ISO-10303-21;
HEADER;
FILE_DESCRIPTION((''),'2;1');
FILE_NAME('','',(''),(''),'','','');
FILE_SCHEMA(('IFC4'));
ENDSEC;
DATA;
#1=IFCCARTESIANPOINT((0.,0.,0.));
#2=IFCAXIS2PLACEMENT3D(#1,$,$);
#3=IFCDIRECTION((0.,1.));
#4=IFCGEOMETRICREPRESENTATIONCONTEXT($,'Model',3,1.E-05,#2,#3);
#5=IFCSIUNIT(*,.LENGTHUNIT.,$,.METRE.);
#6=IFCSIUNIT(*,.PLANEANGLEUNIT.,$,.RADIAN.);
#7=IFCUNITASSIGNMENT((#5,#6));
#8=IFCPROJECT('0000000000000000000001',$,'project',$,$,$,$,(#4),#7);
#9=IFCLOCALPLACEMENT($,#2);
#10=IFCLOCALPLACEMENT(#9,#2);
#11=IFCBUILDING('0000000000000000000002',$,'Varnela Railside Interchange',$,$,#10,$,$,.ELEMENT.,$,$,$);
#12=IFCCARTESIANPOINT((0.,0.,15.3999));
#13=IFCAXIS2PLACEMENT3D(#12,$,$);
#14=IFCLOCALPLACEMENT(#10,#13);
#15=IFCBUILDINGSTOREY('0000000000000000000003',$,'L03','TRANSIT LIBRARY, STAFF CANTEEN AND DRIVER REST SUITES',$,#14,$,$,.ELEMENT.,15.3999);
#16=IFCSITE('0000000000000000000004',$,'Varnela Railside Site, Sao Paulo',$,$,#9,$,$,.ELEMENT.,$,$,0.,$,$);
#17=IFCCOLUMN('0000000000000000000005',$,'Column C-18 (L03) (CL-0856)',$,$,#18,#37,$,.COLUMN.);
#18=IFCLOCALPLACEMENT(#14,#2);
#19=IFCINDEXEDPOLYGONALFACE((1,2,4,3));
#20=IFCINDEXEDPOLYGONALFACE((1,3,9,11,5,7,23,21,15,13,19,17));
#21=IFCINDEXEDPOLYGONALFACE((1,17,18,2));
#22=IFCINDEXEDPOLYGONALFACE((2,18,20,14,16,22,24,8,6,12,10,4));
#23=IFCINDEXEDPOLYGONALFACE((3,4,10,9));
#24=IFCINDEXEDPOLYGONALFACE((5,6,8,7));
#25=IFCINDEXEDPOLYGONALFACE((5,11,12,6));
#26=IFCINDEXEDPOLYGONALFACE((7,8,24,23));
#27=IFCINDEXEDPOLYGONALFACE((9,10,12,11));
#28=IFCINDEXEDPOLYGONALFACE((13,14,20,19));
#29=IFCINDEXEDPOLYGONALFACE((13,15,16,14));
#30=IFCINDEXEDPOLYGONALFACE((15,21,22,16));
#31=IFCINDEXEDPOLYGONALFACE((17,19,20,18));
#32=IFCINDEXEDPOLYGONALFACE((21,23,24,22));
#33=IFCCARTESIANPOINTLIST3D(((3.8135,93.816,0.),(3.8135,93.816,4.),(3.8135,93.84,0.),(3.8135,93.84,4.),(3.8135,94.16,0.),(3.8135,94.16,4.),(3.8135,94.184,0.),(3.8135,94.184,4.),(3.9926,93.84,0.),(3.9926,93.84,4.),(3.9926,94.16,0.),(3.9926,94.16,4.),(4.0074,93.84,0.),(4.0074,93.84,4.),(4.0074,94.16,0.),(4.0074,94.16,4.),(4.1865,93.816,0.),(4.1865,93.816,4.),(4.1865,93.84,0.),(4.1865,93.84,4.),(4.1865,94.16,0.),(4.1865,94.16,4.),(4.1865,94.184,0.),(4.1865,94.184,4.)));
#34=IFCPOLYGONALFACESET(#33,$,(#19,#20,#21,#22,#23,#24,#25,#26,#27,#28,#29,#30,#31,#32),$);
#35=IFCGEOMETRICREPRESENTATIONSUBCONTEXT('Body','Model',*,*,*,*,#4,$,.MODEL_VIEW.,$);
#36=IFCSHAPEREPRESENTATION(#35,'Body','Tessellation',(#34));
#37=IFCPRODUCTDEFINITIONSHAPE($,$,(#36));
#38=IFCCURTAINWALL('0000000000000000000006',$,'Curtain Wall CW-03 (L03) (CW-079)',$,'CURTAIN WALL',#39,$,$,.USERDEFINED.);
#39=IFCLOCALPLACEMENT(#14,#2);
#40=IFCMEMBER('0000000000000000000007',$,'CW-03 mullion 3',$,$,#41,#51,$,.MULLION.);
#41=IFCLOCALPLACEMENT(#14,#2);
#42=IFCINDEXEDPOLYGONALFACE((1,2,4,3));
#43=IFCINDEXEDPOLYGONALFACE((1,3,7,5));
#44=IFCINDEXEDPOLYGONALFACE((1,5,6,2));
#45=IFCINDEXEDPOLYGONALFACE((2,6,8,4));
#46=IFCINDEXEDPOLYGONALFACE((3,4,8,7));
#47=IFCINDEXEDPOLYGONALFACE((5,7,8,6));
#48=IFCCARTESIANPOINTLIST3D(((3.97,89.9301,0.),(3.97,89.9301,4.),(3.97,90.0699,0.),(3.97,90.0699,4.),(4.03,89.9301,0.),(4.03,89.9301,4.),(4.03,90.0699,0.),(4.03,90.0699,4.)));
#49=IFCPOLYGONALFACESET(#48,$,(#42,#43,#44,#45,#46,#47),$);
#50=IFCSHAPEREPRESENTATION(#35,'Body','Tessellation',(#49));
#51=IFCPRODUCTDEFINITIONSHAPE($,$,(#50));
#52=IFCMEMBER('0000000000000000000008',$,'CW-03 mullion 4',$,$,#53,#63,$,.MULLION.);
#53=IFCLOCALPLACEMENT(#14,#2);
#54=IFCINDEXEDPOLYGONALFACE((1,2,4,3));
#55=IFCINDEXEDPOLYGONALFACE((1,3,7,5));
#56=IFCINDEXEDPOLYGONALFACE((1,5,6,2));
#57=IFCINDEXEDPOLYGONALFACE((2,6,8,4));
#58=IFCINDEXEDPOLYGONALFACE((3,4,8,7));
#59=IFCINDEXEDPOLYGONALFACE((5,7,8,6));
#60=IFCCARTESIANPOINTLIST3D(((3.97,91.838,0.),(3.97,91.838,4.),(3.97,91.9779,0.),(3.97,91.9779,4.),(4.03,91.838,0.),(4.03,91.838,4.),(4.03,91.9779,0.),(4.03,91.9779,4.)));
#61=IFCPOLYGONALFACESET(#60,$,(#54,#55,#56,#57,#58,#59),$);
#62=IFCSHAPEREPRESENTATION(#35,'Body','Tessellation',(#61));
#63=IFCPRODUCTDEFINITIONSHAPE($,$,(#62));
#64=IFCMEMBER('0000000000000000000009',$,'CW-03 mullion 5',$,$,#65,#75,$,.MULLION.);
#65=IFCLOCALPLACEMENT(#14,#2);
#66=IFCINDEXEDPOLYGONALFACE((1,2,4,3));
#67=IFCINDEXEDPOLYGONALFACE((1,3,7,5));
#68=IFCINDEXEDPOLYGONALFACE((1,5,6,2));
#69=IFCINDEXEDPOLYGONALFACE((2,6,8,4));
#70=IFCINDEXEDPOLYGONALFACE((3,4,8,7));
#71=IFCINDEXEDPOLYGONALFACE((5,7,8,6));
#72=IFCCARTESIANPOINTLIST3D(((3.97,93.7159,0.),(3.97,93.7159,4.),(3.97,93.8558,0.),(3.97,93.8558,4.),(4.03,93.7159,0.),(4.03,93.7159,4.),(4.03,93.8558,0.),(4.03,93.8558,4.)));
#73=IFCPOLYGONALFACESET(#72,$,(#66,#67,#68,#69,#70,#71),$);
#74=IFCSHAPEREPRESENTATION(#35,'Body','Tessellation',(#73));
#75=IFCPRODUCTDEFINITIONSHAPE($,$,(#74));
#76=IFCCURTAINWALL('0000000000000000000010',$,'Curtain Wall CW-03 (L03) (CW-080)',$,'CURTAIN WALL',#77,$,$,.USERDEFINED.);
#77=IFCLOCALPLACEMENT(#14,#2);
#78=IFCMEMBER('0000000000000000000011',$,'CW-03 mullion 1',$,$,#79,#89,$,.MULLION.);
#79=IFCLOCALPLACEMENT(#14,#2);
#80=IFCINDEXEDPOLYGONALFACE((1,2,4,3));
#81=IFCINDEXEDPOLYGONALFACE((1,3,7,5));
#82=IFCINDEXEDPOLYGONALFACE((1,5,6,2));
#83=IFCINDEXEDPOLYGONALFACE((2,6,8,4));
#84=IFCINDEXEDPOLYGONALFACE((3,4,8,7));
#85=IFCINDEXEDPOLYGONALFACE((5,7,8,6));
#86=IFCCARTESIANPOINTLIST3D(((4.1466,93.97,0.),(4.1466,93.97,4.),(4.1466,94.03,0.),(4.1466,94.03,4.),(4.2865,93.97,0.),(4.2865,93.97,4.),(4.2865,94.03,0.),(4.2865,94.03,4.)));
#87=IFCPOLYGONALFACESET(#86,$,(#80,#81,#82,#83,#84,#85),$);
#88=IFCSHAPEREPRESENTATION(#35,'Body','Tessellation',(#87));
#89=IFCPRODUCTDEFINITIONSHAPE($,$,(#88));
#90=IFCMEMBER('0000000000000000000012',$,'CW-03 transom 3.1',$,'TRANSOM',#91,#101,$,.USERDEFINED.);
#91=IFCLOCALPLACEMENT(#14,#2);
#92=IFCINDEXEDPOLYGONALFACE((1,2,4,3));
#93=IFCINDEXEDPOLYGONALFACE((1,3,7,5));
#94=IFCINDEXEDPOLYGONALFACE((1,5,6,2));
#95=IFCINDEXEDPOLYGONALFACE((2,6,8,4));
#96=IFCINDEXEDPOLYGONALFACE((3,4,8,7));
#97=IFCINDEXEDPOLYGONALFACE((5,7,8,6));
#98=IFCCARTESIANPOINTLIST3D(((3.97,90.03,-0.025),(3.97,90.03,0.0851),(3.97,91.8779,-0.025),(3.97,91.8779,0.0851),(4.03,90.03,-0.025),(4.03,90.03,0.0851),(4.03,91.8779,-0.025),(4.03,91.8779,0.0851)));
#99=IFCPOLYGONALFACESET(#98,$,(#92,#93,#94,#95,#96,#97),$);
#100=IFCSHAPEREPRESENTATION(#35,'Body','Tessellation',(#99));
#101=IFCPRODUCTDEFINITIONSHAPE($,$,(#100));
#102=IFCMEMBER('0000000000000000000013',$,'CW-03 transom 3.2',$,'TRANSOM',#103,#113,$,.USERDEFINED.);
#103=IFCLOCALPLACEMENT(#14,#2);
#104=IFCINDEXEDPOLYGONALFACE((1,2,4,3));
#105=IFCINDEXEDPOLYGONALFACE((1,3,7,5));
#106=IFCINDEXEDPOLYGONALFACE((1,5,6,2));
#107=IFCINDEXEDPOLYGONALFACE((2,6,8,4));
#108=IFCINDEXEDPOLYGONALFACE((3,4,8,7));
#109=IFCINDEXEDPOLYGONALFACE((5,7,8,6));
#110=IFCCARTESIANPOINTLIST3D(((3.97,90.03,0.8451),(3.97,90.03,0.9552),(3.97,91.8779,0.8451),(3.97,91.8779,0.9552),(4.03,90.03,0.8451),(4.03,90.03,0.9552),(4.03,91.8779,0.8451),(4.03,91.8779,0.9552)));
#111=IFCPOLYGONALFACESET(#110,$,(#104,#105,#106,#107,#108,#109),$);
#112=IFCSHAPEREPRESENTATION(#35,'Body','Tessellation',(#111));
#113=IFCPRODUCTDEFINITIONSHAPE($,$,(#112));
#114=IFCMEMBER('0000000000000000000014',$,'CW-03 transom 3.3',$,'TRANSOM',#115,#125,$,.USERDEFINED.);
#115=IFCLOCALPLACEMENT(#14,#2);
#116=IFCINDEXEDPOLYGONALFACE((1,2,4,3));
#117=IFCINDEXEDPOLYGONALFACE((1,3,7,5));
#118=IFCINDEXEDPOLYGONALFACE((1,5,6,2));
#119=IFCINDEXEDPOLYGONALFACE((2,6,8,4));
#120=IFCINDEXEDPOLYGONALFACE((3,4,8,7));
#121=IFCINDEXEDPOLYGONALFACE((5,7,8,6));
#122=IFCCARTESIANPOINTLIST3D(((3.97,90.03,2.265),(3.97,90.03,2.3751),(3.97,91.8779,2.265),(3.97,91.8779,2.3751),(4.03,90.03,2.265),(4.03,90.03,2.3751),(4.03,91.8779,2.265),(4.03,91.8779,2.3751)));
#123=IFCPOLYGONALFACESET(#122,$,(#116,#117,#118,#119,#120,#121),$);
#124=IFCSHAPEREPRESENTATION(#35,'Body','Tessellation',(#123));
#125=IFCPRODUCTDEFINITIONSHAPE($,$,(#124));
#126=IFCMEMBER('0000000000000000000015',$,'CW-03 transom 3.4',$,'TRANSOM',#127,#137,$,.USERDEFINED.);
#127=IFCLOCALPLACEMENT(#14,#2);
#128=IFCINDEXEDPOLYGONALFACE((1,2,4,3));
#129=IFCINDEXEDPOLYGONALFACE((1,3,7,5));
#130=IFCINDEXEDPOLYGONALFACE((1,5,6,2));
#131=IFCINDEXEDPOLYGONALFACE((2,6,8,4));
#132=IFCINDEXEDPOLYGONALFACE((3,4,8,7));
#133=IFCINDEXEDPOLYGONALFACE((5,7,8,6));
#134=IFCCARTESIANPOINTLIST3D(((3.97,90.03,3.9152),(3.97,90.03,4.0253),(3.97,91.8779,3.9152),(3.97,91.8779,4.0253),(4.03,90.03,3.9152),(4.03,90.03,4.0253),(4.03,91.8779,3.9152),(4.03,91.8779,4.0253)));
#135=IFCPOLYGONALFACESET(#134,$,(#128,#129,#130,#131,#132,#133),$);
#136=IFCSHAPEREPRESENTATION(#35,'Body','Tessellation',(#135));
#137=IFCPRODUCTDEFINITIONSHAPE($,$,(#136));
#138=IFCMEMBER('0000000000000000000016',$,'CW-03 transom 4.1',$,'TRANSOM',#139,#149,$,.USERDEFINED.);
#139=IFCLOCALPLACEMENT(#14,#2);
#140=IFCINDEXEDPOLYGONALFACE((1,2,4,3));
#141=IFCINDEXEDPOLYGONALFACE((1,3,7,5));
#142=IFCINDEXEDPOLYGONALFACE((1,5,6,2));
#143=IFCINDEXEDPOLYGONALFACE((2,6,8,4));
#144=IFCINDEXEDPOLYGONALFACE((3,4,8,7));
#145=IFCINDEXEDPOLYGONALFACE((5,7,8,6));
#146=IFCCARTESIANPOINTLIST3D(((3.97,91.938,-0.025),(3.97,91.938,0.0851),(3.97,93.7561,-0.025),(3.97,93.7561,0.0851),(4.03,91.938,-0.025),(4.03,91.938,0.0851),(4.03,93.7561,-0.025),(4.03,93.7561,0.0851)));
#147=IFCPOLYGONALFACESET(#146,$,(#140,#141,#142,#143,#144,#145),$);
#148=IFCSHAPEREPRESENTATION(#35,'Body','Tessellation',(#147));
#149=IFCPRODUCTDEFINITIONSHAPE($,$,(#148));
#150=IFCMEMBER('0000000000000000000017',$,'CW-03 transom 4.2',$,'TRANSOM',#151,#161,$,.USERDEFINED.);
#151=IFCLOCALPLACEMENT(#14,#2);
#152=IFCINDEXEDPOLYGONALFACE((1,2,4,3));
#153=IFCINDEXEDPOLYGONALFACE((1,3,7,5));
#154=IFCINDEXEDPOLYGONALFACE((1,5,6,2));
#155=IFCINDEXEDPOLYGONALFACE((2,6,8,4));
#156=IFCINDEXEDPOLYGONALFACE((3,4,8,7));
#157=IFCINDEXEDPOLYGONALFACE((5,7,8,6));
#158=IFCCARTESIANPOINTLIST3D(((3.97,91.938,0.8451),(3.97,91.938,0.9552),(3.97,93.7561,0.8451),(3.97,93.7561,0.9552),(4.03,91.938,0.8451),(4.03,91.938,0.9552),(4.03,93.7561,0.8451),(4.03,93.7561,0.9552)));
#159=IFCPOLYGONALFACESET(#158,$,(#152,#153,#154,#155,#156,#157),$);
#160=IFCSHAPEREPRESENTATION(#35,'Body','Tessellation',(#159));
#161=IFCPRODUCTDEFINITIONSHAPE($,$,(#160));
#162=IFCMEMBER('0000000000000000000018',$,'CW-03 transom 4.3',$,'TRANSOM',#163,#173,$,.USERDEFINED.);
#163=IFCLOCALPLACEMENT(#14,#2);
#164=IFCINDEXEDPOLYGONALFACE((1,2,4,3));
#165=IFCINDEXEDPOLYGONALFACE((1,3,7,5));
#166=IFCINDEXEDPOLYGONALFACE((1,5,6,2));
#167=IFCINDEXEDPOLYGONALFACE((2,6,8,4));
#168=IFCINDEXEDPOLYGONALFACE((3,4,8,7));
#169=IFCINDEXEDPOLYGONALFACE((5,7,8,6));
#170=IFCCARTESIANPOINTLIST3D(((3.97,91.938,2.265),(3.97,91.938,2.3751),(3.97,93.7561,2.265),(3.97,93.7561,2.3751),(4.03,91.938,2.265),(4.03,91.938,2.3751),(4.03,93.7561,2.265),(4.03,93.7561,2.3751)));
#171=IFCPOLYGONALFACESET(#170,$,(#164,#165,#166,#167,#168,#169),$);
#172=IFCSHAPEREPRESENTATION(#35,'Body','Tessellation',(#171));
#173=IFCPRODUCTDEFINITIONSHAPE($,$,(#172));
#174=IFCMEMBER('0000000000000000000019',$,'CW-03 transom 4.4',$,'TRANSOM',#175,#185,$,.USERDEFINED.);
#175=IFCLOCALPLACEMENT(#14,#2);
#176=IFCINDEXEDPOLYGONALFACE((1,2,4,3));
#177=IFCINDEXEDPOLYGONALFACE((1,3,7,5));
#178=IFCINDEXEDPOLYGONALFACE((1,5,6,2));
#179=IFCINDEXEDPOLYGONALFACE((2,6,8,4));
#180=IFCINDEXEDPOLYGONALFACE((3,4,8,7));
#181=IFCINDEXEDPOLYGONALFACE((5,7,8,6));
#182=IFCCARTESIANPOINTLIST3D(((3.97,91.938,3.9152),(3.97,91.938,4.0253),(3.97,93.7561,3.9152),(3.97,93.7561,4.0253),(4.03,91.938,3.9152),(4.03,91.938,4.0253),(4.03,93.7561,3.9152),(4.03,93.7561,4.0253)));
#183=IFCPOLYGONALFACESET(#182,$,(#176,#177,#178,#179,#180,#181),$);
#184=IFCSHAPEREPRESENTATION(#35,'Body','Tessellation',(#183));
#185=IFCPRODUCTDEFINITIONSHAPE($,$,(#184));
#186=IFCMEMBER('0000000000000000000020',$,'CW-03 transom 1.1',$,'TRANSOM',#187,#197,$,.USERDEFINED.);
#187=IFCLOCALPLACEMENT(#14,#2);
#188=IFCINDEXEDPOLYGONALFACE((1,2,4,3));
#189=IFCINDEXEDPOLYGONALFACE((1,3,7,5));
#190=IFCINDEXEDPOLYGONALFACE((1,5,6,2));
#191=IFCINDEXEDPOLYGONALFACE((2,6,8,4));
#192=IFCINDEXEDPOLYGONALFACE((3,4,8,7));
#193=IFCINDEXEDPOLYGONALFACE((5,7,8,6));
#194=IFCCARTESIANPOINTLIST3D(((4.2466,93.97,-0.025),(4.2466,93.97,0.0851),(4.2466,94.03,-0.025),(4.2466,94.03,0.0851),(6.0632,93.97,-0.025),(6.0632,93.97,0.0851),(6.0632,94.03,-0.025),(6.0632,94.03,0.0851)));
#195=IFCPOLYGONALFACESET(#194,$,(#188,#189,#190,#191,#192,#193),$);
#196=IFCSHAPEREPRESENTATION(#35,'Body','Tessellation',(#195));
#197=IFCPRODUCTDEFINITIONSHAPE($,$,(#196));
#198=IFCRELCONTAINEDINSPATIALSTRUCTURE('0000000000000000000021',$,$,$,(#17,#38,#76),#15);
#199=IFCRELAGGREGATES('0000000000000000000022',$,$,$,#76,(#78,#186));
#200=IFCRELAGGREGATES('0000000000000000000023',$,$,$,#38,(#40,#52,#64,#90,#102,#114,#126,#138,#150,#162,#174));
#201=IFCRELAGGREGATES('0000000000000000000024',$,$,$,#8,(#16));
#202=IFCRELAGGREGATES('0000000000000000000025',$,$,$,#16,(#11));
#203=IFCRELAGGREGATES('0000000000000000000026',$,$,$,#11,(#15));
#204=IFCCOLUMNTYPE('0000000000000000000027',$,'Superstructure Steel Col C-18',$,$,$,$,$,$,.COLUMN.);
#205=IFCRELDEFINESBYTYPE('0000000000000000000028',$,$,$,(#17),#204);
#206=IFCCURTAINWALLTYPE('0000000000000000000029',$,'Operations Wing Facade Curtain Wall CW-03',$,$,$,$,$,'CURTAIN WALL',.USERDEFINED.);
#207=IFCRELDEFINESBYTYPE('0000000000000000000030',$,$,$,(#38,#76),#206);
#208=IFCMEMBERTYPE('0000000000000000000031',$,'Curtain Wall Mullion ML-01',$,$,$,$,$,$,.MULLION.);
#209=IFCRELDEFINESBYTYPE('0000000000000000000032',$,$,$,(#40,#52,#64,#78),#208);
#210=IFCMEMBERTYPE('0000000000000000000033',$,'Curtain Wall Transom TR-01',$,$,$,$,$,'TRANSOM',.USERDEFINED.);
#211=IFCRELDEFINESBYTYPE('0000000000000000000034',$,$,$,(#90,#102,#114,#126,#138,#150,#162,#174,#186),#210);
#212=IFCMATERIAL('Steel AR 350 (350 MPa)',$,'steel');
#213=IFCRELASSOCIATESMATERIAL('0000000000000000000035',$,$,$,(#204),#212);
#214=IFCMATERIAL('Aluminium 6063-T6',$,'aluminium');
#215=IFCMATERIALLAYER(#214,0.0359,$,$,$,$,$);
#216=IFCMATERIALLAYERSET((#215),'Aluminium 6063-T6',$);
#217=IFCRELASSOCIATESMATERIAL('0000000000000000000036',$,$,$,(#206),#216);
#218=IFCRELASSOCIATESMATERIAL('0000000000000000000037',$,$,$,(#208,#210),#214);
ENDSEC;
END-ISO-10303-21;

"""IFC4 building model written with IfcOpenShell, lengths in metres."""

from ifc_helpers import new_model, si_unit, direction, frame, origin, origin_2d, place, context, subcontext, project, spatial, rectangle, i_section, extrude, material, layer, layer_set, material_profile, profile_set, type_object, element, aggregate, save


model = new_model("IFC4")

# Units and contexts
model_context = context("Model", 3, precision=1e-05, world=origin(), true_north=direction((0.0, 1.0)))
body_context = subcontext(model_context, "Body", "Model", "MODEL_VIEW")
ifc_project = project(units=[si_unit("LENGTHUNIT", "METRE"), si_unit("PLANEANGLEUNIT", "RADIAN")], contexts=[model_context])

# Site, building, storey
site_placement = place(None, origin())
site = spatial("IfcSite", under=ifc_project, at=site_placement, Name="Varnela Railside Site, Sao Paulo", CompositionType="ELEMENT", RefElevation=0.0)
building_placement = place(site_placement, origin())
building = spatial("IfcBuilding", under=site, at=building_placement, Name="Varnela Railside Interchange", CompositionType="ELEMENT")
storey_placement = place(building_placement, frame((0.0, 0.0, 15.3999)))
storey = spatial("IfcBuildingStorey", under=building, at=storey_placement, Name="L03", Description="TRANSIT LIBRARY, STAFF CANTEEN AND DRIVER REST SUITES", CompositionType="ELEMENT", Elevation=15.3999)

# Column
ifc_material_1 = material(Name="Steel AR 350 (350 MPa)", Category="steel")
ifc_material_profile_1 = material_profile(ifc_material_1, i_section(OverallWidth=0.373, OverallDepth=0.3679, WebThickness=0.0149, FlangeThickness=0.0239, at=origin_2d()), Name="W360x179")
ifc_profile_set_1 = profile_set([ifc_material_profile_1], Name="Steel AR 350 (350 MPa)")
column_type = type_object("IfcColumnType", Name="Superstructure Steel Col C-18", PredefinedType="COLUMN", material=ifc_profile_set_1)
column_placement = place(storey_placement, frame((4.0, 94.0, 0.0), z_axis=(0.0, 0.0, 1.0), x_axis=(1.0, 0.0, 0.0)))
element("IfcColumn", 1, at=column_placement, inside=storey, type_object=column_type, Name="Column C-18 (L03) (CL-0856)", PredefinedType="COLUMN", context=body_context, shape_type="SweptSolid", body=[
    extrude(i_section(OverallWidth=0.373, OverallDepth=0.3679, WebThickness=0.0149, FlangeThickness=0.0239, at=origin_2d()), origin(), (0.0, 0.0, 1.0), 4.0),
])

# Curtain wall, members
ifc_material_2 = material(Name="Aluminium 6063-T6", Category="aluminium")
ifc_layer_1 = layer(ifc_material_2, 0.0359)
ifc_layer_set_1 = layer_set([ifc_layer_1], Name="Aluminium 6063-T6")
curtain_wall_type = type_object("IfcCurtainWallType", Name="Operations Wing Facade Curtain Wall CW-03", ElementType="CURTAIN WALL", PredefinedType="USERDEFINED", material=ifc_layer_set_1)
curtain_wall_1_placement = place(storey_placement, origin())
curtain_wall_1 = element("IfcCurtainWall", 2, at=curtain_wall_1_placement, inside=storey, type_object=curtain_wall_type, Name="Curtain Wall CW-03 (L03) (CW-079)", ObjectType="CURTAIN WALL", PredefinedType="USERDEFINED")
ifc_material_profile_2 = material_profile(ifc_material_2, rectangle(XDim=0.0601, YDim=0.1399, at=origin_2d()), Name="ALU 60x140")
ifc_profile_set_2 = profile_set([ifc_material_profile_2], Name="Aluminium 6063-T6")
member_type_1 = type_object("IfcMemberType", Name="Curtain Wall Mullion ML-01", PredefinedType="MULLION", material=ifc_profile_set_2)
member_1_placement = place(storey_placement, frame((4.0, 90.0, 0.0), z_axis=(0.0, 0.0, 1.0), x_axis=(-1.0, 0.0, 0.0)))
member_1 = element("IfcMember", 3, at=member_1_placement, type_object=member_type_1, Name="CW-03 mullion 3", PredefinedType="MULLION", context=body_context, shape_type="SweptSolid", body=[
    extrude(rectangle(XDim=0.0601, YDim=0.1399, at=origin_2d()), origin(), (0.0, 0.0, 1.0), 4.0),
])
member_2_placement = place(storey_placement, frame((4.0, 91.908, 0.0), z_axis=(0.0, 0.0, 1.0), x_axis=(-1.0, 0.0, 0.0)))
member_2 = element("IfcMember", 4, at=member_2_placement, type_object=member_type_1, Name="CW-03 mullion 4", PredefinedType="MULLION", context=body_context, shape_type="SweptSolid", body=[
    extrude(rectangle(XDim=0.0601, YDim=0.1399, at=origin_2d()), origin(), (0.0, 0.0, 1.0), 4.0),
])
member_3_placement = place(storey_placement, frame((4.0, 93.7859, 0.0), z_axis=(0.0, 0.0, 1.0), x_axis=(-1.0, 0.0, 0.0)))
member_3 = element("IfcMember", 5, at=member_3_placement, type_object=member_type_1, Name="CW-03 mullion 5", PredefinedType="MULLION", context=body_context, shape_type="SweptSolid", body=[
    extrude(rectangle(XDim=0.0601, YDim=0.1399, at=origin_2d()), origin(), (0.0, 0.0, 1.0), 4.0),
])

# Curtain wall, member
curtain_wall_2_placement = place(storey_placement, origin())
curtain_wall_2 = element("IfcCurtainWall", 6, at=curtain_wall_2_placement, inside=storey, type_object=curtain_wall_type, Name="Curtain Wall CW-03 (L03) (CW-080)", ObjectType="CURTAIN WALL", PredefinedType="USERDEFINED")
member_4_placement = place(storey_placement, frame((4.2166, 94.0, 0.0), z_axis=(0.0, 0.0, 1.0), x_axis=(0.0, 1.0, 0.0)))
member_4 = element("IfcMember", 7, at=member_4_placement, type_object=member_type_1, Name="CW-03 mullion 1", PredefinedType="MULLION", context=body_context, shape_type="SweptSolid", body=[
    extrude(rectangle(XDim=0.0601, YDim=0.1399, at=origin_2d()), origin(), (0.0, 0.0, 1.0), 4.0),
])

# Members
ifc_material_profile_3 = material_profile(ifc_material_2, rectangle(XDim=0.0601, YDim=0.1101, at=origin_2d()), Name="ALU 60x110")
ifc_profile_set_3 = profile_set([ifc_material_profile_3], Name="Aluminium 6063-T6")
member_type_2 = type_object("IfcMemberType", Name="Curtain Wall Transom TR-01", ElementType="TRANSOM", PredefinedType="USERDEFINED", material=ifc_profile_set_3)
member_5_placement = place(storey_placement, frame((4.0, 90.03, 0.03), z_axis=(0.0, 1.0, 0.0), x_axis=(-1.0, 0.0, 0.0)))
member_5 = element("IfcMember", 8, at=member_5_placement, type_object=member_type_2, Name="CW-03 transom 3.1", ObjectType="TRANSOM", PredefinedType="USERDEFINED", context=body_context, shape_type="SweptSolid", body=[
    extrude(rectangle(XDim=0.0601, YDim=0.1101, at=origin_2d()), origin(), (0.0, 0.0, 1.0), 1.8479),
])
member_6_placement = place(storey_placement, frame((4.0, 90.03, 0.9001), z_axis=(0.0, 1.0, 0.0), x_axis=(-1.0, 0.0, 0.0)))
member_6 = element("IfcMember", 9, at=member_6_placement, type_object=member_type_2, Name="CW-03 transom 3.2", ObjectType="TRANSOM", PredefinedType="USERDEFINED", context=body_context, shape_type="SweptSolid", body=[
    extrude(rectangle(XDim=0.0601, YDim=0.1101, at=origin_2d()), origin(), (0.0, 0.0, 1.0), 1.8479),
])
member_7_placement = place(storey_placement, frame((4.0, 90.03, 2.3201), z_axis=(0.0, 1.0, 0.0), x_axis=(-1.0, 0.0, 0.0)))
member_7 = element("IfcMember", 10, at=member_7_placement, type_object=member_type_2, Name="CW-03 transom 3.3", ObjectType="TRANSOM", PredefinedType="USERDEFINED", context=body_context, shape_type="SweptSolid", body=[
    extrude(rectangle(XDim=0.0601, YDim=0.1101, at=origin_2d()), origin(), (0.0, 0.0, 1.0), 1.8479),
])
member_8_placement = place(storey_placement, frame((4.0, 90.03, 3.9702), z_axis=(0.0, 1.0, 0.0), x_axis=(-1.0, 0.0, 0.0)))
member_8 = element("IfcMember", 11, at=member_8_placement, type_object=member_type_2, Name="CW-03 transom 3.4", ObjectType="TRANSOM", PredefinedType="USERDEFINED", context=body_context, shape_type="SweptSolid", body=[
    extrude(rectangle(XDim=0.0601, YDim=0.1101, at=origin_2d()), origin(), (0.0, 0.0, 1.0), 1.8479),
])
member_9_placement = place(storey_placement, frame((4.0, 91.938, 0.03), z_axis=(0.0, 1.0, 0.0), x_axis=(-1.0, 0.0, 0.0)))
member_9 = element("IfcMember", 12, at=member_9_placement, type_object=member_type_2, Name="CW-03 transom 4.1", ObjectType="TRANSOM", PredefinedType="USERDEFINED", context=body_context, shape_type="SweptSolid", body=[
    extrude(rectangle(XDim=0.0601, YDim=0.1101, at=origin_2d()), origin(), (0.0, 0.0, 1.0), 1.8181),
])
member_10_placement = place(storey_placement, frame((4.0, 91.938, 0.9001), z_axis=(0.0, 1.0, 0.0), x_axis=(-1.0, 0.0, 0.0)))
member_10 = element("IfcMember", 13, at=member_10_placement, type_object=member_type_2, Name="CW-03 transom 4.2", ObjectType="TRANSOM", PredefinedType="USERDEFINED", context=body_context, shape_type="SweptSolid", body=[
    extrude(rectangle(XDim=0.0601, YDim=0.1101, at=origin_2d()), origin(), (0.0, 0.0, 1.0), 1.8181),
])
member_11_placement = place(storey_placement, frame((4.0, 91.938, 2.3201), z_axis=(0.0, 1.0, 0.0), x_axis=(-1.0, 0.0, 0.0)))
member_11 = element("IfcMember", 14, at=member_11_placement, type_object=member_type_2, Name="CW-03 transom 4.3", ObjectType="TRANSOM", PredefinedType="USERDEFINED", context=body_context, shape_type="SweptSolid", body=[
    extrude(rectangle(XDim=0.0601, YDim=0.1101, at=origin_2d()), origin(), (0.0, 0.0, 1.0), 1.8181),
])
member_12_placement = place(storey_placement, frame((4.0, 91.938, 3.9702), z_axis=(0.0, 1.0, 0.0), x_axis=(-1.0, 0.0, 0.0)))
member_12 = element("IfcMember", 15, at=member_12_placement, type_object=member_type_2, Name="CW-03 transom 4.4", ObjectType="TRANSOM", PredefinedType="USERDEFINED", context=body_context, shape_type="SweptSolid", body=[
    extrude(rectangle(XDim=0.0601, YDim=0.1101, at=origin_2d()), origin(), (0.0, 0.0, 1.0), 1.8181),
])
member_13_placement = place(storey_placement, frame((4.2466, 94.0, 0.03), z_axis=(1.0, 0.0, 0.0), x_axis=(0.0, 1.0, 0.0)))
member_13 = element("IfcMember", 16, at=member_13_placement, type_object=member_type_2, Name="CW-03 transom 1.1", ObjectType="TRANSOM", PredefinedType="USERDEFINED", context=body_context, shape_type="SweptSolid", body=[
    extrude(rectangle(XDim=0.0601, YDim=0.1101, at=origin_2d()), origin(), (0.0, 0.0, 1.0), 1.8167),
])
aggregate(curtain_wall_2, [member_4, member_13])

aggregate(curtain_wall_1, [member_1, member_2, member_3, member_5, member_6, member_7, member_8, member_9, member_10, member_11, member_12])

save(model, "model.ifc")
